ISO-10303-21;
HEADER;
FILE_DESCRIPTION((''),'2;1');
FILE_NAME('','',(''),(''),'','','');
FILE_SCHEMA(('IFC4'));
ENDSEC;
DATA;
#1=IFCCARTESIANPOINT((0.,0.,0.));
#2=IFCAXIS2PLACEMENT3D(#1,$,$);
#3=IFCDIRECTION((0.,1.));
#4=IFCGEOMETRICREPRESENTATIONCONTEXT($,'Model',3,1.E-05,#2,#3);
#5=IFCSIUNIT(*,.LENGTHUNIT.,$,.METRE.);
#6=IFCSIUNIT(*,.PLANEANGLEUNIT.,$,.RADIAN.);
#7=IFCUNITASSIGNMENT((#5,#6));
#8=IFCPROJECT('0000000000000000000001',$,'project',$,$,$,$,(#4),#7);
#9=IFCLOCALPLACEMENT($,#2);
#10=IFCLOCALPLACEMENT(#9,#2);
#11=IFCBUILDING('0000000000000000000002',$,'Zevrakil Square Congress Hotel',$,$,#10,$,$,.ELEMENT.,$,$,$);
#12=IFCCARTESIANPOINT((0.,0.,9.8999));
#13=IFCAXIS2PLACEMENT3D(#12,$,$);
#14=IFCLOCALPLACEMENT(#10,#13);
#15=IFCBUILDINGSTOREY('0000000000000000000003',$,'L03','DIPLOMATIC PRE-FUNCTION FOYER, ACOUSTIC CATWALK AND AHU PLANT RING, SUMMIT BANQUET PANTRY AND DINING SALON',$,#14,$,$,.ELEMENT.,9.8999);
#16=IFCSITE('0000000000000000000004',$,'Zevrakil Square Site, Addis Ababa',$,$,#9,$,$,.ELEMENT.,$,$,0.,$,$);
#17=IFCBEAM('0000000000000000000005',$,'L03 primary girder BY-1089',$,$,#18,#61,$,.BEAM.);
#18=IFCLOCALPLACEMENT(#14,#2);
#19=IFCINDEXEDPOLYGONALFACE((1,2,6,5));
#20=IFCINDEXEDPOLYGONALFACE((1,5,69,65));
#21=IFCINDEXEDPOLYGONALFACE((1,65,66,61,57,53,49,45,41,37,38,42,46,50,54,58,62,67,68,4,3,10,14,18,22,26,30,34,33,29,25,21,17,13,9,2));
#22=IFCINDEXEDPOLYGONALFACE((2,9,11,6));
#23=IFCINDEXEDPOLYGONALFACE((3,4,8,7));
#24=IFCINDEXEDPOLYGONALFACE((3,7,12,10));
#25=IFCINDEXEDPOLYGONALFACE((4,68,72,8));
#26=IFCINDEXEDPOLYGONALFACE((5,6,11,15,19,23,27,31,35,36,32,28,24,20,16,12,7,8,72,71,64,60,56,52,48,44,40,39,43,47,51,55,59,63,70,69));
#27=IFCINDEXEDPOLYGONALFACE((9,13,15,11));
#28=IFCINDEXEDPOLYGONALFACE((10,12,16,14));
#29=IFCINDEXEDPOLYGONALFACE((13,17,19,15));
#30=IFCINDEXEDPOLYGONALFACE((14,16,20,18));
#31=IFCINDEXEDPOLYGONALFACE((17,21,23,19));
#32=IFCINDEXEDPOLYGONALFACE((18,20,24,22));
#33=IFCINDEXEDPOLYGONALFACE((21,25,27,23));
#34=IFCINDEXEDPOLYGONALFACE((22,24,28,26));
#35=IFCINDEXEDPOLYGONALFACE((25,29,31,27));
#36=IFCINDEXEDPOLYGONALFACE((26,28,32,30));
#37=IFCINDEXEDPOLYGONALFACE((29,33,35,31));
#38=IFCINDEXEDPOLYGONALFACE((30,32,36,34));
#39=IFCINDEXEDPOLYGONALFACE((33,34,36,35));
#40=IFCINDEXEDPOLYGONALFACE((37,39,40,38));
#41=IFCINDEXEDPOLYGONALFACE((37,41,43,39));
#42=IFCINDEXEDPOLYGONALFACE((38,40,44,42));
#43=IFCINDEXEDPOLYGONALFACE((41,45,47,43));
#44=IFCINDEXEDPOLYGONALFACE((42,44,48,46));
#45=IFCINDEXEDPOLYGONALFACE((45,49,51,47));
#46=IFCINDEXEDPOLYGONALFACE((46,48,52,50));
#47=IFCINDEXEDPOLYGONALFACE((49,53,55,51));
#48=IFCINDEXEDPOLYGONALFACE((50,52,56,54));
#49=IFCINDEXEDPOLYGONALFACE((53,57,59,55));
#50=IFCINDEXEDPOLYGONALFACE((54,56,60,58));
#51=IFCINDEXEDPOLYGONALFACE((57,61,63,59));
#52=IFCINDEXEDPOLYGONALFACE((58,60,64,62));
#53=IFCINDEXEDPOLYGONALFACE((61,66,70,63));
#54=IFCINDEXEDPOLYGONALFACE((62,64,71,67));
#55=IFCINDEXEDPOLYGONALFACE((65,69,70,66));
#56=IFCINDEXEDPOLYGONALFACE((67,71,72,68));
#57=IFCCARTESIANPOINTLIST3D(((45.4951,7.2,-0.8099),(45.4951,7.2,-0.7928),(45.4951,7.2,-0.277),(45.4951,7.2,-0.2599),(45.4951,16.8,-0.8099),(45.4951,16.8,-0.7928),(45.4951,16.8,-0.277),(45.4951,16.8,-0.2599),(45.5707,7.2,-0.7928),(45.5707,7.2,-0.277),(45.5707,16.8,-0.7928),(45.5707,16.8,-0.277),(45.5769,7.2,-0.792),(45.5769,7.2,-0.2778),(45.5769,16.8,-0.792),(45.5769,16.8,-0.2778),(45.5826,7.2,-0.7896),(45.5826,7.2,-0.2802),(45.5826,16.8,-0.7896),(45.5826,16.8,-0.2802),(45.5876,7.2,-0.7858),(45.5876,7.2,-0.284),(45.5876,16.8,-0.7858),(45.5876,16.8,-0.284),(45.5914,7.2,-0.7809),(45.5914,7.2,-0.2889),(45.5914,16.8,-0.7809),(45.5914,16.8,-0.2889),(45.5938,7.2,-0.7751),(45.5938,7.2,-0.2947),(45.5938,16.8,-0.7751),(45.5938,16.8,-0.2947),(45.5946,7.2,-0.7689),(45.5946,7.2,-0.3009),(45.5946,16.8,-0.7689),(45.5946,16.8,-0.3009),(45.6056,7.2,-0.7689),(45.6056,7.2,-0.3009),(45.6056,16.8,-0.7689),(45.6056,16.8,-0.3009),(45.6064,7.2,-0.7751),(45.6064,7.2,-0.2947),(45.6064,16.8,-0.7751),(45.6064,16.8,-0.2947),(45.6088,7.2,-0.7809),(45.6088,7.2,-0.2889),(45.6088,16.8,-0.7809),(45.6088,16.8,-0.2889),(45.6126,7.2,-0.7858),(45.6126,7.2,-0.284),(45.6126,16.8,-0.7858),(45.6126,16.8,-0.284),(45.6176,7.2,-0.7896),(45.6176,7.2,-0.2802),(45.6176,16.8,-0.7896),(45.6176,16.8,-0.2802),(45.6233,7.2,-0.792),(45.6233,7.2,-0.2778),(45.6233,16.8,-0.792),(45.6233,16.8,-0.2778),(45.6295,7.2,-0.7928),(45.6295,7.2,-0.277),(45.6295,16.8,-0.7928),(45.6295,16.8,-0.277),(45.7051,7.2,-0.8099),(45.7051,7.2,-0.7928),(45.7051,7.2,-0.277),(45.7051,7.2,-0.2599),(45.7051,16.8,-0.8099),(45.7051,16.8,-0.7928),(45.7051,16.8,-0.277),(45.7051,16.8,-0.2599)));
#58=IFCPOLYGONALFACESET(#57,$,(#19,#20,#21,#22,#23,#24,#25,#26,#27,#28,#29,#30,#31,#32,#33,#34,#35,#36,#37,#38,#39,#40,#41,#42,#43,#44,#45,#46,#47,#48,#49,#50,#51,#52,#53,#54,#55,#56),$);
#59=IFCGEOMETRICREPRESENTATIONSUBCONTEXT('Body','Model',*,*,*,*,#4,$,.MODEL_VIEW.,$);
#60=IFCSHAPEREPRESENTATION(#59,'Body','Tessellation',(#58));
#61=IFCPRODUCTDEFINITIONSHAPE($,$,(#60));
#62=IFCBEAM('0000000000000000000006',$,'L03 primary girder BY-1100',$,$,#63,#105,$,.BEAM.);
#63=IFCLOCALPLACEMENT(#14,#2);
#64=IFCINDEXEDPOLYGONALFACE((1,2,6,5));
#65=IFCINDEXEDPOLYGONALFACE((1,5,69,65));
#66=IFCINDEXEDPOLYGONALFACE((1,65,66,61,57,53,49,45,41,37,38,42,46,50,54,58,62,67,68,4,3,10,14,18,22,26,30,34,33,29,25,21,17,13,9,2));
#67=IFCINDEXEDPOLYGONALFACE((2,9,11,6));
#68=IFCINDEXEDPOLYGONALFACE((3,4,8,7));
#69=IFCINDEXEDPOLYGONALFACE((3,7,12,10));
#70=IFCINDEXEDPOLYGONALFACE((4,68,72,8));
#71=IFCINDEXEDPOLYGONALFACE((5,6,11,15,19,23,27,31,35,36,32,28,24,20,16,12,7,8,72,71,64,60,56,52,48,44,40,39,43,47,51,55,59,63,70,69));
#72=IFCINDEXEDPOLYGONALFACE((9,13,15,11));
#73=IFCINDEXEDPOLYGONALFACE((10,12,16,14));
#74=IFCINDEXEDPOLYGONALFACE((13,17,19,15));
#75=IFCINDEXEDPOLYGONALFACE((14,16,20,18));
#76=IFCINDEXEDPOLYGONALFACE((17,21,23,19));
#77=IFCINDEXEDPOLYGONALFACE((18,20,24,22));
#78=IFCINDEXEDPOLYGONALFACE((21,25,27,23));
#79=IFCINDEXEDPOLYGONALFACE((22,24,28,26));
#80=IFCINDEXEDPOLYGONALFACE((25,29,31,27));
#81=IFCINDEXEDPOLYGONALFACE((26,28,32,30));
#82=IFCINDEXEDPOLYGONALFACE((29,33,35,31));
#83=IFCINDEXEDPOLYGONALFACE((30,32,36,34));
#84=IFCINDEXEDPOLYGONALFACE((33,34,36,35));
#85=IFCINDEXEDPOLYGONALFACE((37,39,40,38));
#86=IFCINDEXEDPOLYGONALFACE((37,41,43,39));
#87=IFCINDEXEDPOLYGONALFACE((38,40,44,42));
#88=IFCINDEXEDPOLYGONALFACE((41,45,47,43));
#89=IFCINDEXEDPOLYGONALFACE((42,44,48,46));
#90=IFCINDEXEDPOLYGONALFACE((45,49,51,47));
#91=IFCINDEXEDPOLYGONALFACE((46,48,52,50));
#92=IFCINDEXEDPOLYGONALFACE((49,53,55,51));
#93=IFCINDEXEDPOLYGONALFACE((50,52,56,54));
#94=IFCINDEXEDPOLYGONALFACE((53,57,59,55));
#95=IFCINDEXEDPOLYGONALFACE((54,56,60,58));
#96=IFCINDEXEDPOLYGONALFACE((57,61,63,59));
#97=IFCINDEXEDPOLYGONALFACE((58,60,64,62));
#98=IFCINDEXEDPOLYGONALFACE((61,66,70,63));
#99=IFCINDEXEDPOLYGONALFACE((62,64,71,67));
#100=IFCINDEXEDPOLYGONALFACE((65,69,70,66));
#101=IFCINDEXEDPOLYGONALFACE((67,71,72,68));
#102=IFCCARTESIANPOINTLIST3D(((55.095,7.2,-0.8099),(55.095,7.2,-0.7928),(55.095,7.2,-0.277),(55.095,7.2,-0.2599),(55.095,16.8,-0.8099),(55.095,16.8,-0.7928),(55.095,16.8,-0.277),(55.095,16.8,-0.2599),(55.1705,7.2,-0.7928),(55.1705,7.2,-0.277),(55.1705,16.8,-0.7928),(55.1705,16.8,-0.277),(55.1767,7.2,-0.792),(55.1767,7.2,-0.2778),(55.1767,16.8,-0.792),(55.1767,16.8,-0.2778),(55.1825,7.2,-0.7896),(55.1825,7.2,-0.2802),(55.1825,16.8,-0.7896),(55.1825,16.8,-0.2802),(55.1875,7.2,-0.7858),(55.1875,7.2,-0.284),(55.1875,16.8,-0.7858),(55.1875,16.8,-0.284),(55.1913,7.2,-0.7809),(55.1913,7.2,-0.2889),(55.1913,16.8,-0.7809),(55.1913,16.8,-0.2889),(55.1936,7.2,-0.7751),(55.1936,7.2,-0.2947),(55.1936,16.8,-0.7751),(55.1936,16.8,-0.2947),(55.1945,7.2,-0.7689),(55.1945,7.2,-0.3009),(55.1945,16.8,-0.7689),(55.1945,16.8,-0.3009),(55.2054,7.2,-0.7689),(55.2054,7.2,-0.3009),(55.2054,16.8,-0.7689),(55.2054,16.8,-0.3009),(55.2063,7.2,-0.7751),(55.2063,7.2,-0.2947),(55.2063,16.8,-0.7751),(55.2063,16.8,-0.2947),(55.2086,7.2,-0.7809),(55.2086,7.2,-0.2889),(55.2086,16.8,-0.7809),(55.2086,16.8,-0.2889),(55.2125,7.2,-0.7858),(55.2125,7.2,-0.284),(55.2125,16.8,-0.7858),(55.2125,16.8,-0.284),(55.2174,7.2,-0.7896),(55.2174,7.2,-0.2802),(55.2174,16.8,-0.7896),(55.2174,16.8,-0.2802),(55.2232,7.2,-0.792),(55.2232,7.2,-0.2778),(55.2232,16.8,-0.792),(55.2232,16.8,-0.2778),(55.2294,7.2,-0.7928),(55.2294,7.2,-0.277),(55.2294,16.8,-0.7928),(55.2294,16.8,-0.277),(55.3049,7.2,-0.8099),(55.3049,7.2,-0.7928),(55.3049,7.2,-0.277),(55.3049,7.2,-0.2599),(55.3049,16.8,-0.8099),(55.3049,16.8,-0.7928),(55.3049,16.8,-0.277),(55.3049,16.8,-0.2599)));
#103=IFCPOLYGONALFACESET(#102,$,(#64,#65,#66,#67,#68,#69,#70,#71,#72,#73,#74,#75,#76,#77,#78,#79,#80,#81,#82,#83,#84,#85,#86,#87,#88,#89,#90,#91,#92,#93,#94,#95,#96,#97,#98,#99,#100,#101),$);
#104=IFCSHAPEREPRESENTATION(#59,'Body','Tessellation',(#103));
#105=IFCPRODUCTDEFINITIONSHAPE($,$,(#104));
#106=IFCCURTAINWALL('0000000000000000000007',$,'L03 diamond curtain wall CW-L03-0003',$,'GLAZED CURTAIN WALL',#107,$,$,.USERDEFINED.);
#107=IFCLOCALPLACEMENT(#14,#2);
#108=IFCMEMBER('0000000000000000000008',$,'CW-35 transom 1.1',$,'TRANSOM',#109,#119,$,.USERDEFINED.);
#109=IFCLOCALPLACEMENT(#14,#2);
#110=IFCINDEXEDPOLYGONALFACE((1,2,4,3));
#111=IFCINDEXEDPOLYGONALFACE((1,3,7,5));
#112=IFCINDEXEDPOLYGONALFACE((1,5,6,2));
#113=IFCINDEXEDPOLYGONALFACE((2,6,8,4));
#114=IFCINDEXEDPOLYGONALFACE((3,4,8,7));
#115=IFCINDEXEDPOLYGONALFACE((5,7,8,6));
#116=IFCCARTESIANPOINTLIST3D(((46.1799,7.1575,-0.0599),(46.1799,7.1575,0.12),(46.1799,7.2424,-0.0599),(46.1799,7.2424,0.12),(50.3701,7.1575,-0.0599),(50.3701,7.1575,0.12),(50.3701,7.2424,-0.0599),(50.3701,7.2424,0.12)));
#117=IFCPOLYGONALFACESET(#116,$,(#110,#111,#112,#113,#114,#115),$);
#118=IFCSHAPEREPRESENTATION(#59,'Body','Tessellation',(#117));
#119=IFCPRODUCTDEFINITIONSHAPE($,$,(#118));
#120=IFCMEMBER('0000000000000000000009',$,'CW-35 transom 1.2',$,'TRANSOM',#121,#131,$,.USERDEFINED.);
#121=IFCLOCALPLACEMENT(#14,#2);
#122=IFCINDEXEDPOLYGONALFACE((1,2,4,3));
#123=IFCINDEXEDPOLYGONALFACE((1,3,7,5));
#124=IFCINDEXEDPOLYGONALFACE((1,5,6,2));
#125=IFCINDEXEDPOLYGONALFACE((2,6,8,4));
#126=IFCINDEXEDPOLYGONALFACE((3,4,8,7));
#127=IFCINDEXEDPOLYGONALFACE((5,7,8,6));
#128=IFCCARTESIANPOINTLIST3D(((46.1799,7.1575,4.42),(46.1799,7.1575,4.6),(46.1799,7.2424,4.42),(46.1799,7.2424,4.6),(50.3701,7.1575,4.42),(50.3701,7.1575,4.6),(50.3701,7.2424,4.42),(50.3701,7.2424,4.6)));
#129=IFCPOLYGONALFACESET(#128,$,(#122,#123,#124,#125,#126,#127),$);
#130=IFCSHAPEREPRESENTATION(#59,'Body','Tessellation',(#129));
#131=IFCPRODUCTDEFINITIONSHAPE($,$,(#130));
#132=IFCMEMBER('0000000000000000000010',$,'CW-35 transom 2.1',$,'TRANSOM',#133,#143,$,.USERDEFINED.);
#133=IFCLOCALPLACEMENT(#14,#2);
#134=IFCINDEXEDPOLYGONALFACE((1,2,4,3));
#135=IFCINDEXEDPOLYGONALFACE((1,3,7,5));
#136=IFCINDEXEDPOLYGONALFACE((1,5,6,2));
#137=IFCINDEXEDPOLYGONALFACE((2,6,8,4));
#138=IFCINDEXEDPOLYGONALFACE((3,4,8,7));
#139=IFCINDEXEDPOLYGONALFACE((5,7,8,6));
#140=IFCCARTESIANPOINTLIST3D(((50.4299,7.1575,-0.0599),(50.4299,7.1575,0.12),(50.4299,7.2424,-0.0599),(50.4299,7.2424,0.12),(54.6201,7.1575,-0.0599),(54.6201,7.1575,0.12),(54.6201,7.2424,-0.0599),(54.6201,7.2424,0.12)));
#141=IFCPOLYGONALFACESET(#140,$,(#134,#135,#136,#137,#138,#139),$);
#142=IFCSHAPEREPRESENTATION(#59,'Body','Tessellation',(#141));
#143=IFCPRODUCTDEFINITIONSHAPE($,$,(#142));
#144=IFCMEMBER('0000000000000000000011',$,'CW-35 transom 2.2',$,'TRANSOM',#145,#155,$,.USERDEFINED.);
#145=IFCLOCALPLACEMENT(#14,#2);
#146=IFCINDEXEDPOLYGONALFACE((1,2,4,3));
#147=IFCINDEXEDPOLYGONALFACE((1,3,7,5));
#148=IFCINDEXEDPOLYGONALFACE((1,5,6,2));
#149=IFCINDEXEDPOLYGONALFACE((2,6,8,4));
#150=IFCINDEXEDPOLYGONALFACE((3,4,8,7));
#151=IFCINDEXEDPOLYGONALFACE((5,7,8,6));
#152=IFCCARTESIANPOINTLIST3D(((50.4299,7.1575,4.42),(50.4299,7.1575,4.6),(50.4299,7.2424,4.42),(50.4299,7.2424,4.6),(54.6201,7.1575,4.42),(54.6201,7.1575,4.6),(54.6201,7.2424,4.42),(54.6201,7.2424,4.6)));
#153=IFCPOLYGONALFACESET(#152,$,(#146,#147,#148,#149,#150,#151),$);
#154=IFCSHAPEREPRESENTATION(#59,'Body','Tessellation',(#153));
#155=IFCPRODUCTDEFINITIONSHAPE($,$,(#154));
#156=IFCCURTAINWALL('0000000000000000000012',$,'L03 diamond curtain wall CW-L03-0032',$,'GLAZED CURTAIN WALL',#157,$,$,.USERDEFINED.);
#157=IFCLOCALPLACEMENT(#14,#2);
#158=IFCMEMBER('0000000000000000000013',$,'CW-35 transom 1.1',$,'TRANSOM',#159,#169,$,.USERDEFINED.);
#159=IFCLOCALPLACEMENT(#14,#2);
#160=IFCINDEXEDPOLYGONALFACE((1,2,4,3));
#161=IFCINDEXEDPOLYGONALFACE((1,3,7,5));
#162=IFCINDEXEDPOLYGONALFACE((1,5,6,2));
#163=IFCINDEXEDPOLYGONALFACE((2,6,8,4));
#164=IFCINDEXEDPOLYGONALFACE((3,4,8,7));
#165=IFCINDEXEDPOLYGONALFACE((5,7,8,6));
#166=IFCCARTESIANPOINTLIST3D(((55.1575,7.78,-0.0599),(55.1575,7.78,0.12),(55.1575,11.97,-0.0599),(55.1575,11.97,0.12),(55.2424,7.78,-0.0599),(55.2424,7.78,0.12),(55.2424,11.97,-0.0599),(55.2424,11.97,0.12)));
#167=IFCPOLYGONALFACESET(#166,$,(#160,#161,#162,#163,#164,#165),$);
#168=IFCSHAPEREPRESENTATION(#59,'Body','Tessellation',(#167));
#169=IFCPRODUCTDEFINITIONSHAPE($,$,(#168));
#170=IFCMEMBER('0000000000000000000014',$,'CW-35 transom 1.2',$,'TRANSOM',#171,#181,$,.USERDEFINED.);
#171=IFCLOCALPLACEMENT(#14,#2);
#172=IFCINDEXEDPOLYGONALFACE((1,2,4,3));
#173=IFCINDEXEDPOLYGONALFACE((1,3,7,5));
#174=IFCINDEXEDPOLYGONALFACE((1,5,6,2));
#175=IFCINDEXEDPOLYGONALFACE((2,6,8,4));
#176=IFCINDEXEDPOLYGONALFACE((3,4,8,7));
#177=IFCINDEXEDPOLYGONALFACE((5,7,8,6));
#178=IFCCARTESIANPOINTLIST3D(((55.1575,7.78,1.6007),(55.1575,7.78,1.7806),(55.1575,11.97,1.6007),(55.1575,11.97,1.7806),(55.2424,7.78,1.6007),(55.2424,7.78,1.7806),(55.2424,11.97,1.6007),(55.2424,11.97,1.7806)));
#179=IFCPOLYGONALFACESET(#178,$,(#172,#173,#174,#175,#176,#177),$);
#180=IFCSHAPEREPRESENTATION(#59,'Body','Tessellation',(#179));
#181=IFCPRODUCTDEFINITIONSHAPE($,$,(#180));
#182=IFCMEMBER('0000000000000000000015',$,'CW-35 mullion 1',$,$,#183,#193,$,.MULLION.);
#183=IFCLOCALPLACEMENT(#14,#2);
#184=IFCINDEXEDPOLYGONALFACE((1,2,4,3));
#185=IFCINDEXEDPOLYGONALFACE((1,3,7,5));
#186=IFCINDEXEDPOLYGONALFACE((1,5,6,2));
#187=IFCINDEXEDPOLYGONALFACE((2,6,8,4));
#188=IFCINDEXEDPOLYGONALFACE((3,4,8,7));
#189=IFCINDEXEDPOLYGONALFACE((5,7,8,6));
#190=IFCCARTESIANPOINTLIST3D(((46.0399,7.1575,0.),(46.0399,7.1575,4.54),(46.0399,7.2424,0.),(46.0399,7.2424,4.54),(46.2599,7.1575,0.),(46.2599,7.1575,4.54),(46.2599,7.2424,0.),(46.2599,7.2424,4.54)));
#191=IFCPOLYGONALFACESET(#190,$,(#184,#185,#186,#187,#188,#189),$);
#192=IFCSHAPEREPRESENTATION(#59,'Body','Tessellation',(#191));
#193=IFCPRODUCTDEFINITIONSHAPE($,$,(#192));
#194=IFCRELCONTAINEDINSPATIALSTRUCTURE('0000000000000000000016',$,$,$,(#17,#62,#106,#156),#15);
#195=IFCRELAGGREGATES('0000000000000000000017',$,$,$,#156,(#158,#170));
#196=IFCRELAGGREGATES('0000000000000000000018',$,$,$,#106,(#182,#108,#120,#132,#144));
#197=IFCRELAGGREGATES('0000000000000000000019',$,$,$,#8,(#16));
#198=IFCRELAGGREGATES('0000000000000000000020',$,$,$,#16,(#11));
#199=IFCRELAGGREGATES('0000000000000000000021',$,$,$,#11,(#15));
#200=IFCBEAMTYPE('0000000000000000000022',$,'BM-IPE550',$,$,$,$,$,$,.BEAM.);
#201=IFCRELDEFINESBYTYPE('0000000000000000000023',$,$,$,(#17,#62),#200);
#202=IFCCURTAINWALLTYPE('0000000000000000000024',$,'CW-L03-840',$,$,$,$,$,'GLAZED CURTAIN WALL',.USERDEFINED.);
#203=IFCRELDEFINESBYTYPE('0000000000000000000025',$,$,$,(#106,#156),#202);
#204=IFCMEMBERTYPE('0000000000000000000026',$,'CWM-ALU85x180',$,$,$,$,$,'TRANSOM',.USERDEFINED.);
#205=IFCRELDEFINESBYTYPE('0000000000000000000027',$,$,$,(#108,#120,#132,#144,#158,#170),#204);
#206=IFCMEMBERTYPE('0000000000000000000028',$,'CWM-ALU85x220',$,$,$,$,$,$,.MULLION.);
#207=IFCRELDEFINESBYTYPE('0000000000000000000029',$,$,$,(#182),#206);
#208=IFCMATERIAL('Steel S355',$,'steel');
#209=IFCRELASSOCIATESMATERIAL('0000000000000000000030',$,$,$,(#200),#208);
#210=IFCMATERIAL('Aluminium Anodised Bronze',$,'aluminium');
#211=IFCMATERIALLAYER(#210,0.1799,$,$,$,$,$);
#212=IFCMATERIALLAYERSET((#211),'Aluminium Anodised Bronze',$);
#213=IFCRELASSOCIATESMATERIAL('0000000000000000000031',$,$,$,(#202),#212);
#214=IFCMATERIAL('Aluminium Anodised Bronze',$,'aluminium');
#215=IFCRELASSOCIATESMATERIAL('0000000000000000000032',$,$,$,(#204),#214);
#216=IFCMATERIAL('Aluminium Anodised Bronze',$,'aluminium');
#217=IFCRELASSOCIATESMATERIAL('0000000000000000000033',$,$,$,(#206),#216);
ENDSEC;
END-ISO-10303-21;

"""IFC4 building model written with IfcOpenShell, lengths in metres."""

from ifc_helpers import new_model, si_unit, direction, frame, origin, origin_2d, place, context, subcontext, project, spatial, rectangle, i_section, extrude, material, layer, layer_set, material_profile, profile_set, type_object, element, aggregate, save


model = new_model("IFC4")

# Units and contexts
model_context = context("Model", 3, precision=1e-05, world=origin(), true_north=direction((0.0, 1.0)))
body_context = subcontext(model_context, "Body", "Model", "MODEL_VIEW")
ifc_project = project(units=[si_unit("LENGTHUNIT", "METRE"), si_unit("PLANEANGLEUNIT", "RADIAN")], contexts=[model_context])

# Site, building, storey
site_placement = place(None, origin())
site = spatial("IfcSite", under=ifc_project, at=site_placement, Name="Zevrakil Square Site, Addis Ababa", CompositionType="ELEMENT", RefElevation=0.0)
building_placement = place(site_placement, origin())
building = spatial("IfcBuilding", under=site, at=building_placement, Name="Zevrakil Square Congress Hotel", CompositionType="ELEMENT")
storey_placement = place(building_placement, frame((0.0, 0.0, 9.8999)))
storey = spatial("IfcBuildingStorey", under=building, at=storey_placement, Name="L03", Description="DIPLOMATIC PRE-FUNCTION FOYER, ACOUSTIC CATWALK AND AHU PLANT RING, SUMMIT BANQUET PANTRY AND DINING SALON", CompositionType="ELEMENT", Elevation=9.8999)

# Beams
ifc_material_1 = material(Name="Steel S355", Category="steel")
ifc_material_profile_1 = material_profile(ifc_material_1, i_section(OverallWidth=0.21, OverallDepth=0.55, WebThickness=0.011, FlangeThickness=0.0171, FilletRadius=0.0239, at=origin_2d()), Name="IPE 550")
ifc_profile_set_1 = profile_set([ifc_material_profile_1], Name="Steel S355")
beam_type_1 = type_object("IfcBeamType", Name="BM-IPE550", PredefinedType="BEAM", material=ifc_profile_set_1)
for number, where, z_axis, x_axis, name in (
    (1, (45.6001, 7.2, -0.5349), (0.0, 1.0, 0.0), (-1.0, 0.0, 0.0), "L03 primary girder BY-1089"),
    (2, (55.2, 7.2, -0.5349), (0.0, 1.0, 0.0), (-1.0, 0.0, 0.0), "L03 primary girder BY-1100"),
):
    element("IfcBeam", number, at=place(storey_placement, frame(where, z_axis=z_axis, x_axis=x_axis)), inside=storey, type_object=beam_type_1, Name=name, PredefinedType="BEAM", context=body_context, shape_type="SweptSolid", body=[
        extrude(i_section(OverallWidth=0.21, OverallDepth=0.55, WebThickness=0.011, FlangeThickness=0.0171, FilletRadius=0.0239, at=origin_2d()), origin(), (0.0, 0.0, 1.0), 9.6001),
    ])

# Curtain walls, members
ifc_material_2 = material(Name="Aluminium Anodised Bronze", Category="aluminium")
ifc_layer_1 = layer(ifc_material_2, 0.1799)
ifc_layer_set_1 = layer_set([ifc_layer_1], Name="Aluminium Anodised Bronze")
curtain_wall_type = type_object("IfcCurtainWallType", Name="CW-L03-840", ElementType="GLAZED CURTAIN WALL", PredefinedType="USERDEFINED", material=ifc_layer_set_1)
curtain_wall_1_placement = place(storey_placement, origin())
curtain_wall_1 = element("IfcCurtainWall", 3, at=curtain_wall_1_placement, inside=storey, type_object=curtain_wall_type, Name="L03 diamond curtain wall CW-L03-0003", ObjectType="GLAZED CURTAIN WALL", PredefinedType="USERDEFINED")
ifc_material_3 = material(Name="Aluminium Anodised Bronze", Category="aluminium")
ifc_material_profile_2 = material_profile(ifc_material_3, rectangle(XDim=0.085, YDim=0.1799, at=origin_2d()), Name="ALU 85x180")
ifc_profile_set_2 = profile_set([ifc_material_profile_2], Name="Aluminium Anodised Bronze")
member_type_1 = type_object("IfcMemberType", Name="CWM-ALU85x180", ElementType="TRANSOM", PredefinedType="USERDEFINED", material=ifc_profile_set_2)
member_1_placement = place(storey_placement, frame((46.1799, 7.2, 0.03), z_axis=(1.0, 0.0, 0.0), x_axis=(0.0, 1.0, 0.0)))
member_1 = element("IfcMember", 4, at=member_1_placement, type_object=member_type_1, Name="CW-35 transom 1.1", ObjectType="TRANSOM", PredefinedType="USERDEFINED", context=body_context, shape_type="SweptSolid", body=[
    extrude(rectangle(XDim=0.085, YDim=0.1799, at=origin_2d()), origin(), (0.0, 0.0, 1.0), 4.1902),
])
member_2_placement = place(storey_placement, frame((46.1799, 7.2, 4.51), z_axis=(1.0, 0.0, 0.0), x_axis=(0.0, 1.0, 0.0)))
member_2 = element("IfcMember", 5, at=member_2_placement, type_object=member_type_1, Name="CW-35 transom 1.2", ObjectType="TRANSOM", PredefinedType="USERDEFINED", context=body_context, shape_type="SweptSolid", body=[
    extrude(rectangle(XDim=0.085, YDim=0.1799, at=origin_2d()), origin(), (0.0, 0.0, 1.0), 4.1902),
])
member_3_placement = place(storey_placement, frame((50.4299, 7.2, 0.03), z_axis=(1.0, 0.0, 0.0), x_axis=(0.0, 1.0, 0.0)))
member_3 = element("IfcMember", 6, at=member_3_placement, type_object=member_type_1, Name="CW-35 transom 2.1", ObjectType="TRANSOM", PredefinedType="USERDEFINED", context=body_context, shape_type="SweptSolid", body=[
    extrude(rectangle(XDim=0.085, YDim=0.1799, at=origin_2d()), origin(), (0.0, 0.0, 1.0), 4.1902),
])
member_4_placement = place(storey_placement, frame((50.4299, 7.2, 4.51), z_axis=(1.0, 0.0, 0.0), x_axis=(0.0, 1.0, 0.0)))
member_4 = element("IfcMember", 7, at=member_4_placement, type_object=member_type_1, Name="CW-35 transom 2.2", ObjectType="TRANSOM", PredefinedType="USERDEFINED", context=body_context, shape_type="SweptSolid", body=[
    extrude(rectangle(XDim=0.085, YDim=0.1799, at=origin_2d()), origin(), (0.0, 0.0, 1.0), 4.1902),
])
curtain_wall_2_placement = place(storey_placement, origin())
curtain_wall_2 = element("IfcCurtainWall", 8, at=curtain_wall_2_placement, inside=storey, type_object=curtain_wall_type, Name="L03 diamond curtain wall CW-L03-0032", ObjectType="GLAZED CURTAIN WALL", PredefinedType="USERDEFINED")
member_5_placement = place(storey_placement, frame((55.2, 7.78, 0.03), z_axis=(0.0, 1.0, 0.0), x_axis=(-1.0, 0.0, 0.0)))
member_5 = element("IfcMember", 9, at=member_5_placement, type_object=member_type_1, Name="CW-35 transom 1.1", ObjectType="TRANSOM", PredefinedType="USERDEFINED", context=body_context, shape_type="SweptSolid", body=[
    extrude(rectangle(XDim=0.085, YDim=0.1799, at=origin_2d()), origin(), (0.0, 0.0, 1.0), 4.1899),
])
member_6_placement = place(storey_placement, frame((55.2, 7.78, 1.6907), z_axis=(0.0, 1.0, 0.0), x_axis=(-1.0, 0.0, 0.0)))
member_6 = element("IfcMember", 10, at=member_6_placement, type_object=member_type_1, Name="CW-35 transom 1.2", ObjectType="TRANSOM", PredefinedType="USERDEFINED", context=body_context, shape_type="SweptSolid", body=[
    extrude(rectangle(XDim=0.085, YDim=0.1799, at=origin_2d()), origin(), (0.0, 0.0, 1.0), 4.1899),
])

# Member
ifc_material_4 = material(Name="Aluminium Anodised Bronze", Category="aluminium")
ifc_material_profile_3 = material_profile(ifc_material_4, rectangle(XDim=0.085, YDim=0.22, at=origin_2d()), Name="ALU 85x220")
ifc_profile_set_3 = profile_set([ifc_material_profile_3], Name="Aluminium Anodised Bronze")
member_type_2 = type_object("IfcMemberType", Name="CWM-ALU85x220", PredefinedType="MULLION", material=ifc_profile_set_3)
member_7_placement = place(storey_placement, frame((46.1499, 7.2, 0.0), z_axis=(0.0, 0.0, 1.0), x_axis=(0.0, 1.0, 0.0)))
member_7 = element("IfcMember", 11, at=member_7_placement, type_object=member_type_2, Name="CW-35 mullion 1", PredefinedType="MULLION", context=body_context, shape_type="SweptSolid", body=[
    extrude(rectangle(XDim=0.085, YDim=0.22, at=origin_2d()), origin(), (0.0, 0.0, 1.0), 4.54),
])
aggregate(curtain_wall_2, [member_5, member_6])

aggregate(curtain_wall_1, [member_7, member_1, member_2, member_3, member_4])

save(model, "model.ifc")
